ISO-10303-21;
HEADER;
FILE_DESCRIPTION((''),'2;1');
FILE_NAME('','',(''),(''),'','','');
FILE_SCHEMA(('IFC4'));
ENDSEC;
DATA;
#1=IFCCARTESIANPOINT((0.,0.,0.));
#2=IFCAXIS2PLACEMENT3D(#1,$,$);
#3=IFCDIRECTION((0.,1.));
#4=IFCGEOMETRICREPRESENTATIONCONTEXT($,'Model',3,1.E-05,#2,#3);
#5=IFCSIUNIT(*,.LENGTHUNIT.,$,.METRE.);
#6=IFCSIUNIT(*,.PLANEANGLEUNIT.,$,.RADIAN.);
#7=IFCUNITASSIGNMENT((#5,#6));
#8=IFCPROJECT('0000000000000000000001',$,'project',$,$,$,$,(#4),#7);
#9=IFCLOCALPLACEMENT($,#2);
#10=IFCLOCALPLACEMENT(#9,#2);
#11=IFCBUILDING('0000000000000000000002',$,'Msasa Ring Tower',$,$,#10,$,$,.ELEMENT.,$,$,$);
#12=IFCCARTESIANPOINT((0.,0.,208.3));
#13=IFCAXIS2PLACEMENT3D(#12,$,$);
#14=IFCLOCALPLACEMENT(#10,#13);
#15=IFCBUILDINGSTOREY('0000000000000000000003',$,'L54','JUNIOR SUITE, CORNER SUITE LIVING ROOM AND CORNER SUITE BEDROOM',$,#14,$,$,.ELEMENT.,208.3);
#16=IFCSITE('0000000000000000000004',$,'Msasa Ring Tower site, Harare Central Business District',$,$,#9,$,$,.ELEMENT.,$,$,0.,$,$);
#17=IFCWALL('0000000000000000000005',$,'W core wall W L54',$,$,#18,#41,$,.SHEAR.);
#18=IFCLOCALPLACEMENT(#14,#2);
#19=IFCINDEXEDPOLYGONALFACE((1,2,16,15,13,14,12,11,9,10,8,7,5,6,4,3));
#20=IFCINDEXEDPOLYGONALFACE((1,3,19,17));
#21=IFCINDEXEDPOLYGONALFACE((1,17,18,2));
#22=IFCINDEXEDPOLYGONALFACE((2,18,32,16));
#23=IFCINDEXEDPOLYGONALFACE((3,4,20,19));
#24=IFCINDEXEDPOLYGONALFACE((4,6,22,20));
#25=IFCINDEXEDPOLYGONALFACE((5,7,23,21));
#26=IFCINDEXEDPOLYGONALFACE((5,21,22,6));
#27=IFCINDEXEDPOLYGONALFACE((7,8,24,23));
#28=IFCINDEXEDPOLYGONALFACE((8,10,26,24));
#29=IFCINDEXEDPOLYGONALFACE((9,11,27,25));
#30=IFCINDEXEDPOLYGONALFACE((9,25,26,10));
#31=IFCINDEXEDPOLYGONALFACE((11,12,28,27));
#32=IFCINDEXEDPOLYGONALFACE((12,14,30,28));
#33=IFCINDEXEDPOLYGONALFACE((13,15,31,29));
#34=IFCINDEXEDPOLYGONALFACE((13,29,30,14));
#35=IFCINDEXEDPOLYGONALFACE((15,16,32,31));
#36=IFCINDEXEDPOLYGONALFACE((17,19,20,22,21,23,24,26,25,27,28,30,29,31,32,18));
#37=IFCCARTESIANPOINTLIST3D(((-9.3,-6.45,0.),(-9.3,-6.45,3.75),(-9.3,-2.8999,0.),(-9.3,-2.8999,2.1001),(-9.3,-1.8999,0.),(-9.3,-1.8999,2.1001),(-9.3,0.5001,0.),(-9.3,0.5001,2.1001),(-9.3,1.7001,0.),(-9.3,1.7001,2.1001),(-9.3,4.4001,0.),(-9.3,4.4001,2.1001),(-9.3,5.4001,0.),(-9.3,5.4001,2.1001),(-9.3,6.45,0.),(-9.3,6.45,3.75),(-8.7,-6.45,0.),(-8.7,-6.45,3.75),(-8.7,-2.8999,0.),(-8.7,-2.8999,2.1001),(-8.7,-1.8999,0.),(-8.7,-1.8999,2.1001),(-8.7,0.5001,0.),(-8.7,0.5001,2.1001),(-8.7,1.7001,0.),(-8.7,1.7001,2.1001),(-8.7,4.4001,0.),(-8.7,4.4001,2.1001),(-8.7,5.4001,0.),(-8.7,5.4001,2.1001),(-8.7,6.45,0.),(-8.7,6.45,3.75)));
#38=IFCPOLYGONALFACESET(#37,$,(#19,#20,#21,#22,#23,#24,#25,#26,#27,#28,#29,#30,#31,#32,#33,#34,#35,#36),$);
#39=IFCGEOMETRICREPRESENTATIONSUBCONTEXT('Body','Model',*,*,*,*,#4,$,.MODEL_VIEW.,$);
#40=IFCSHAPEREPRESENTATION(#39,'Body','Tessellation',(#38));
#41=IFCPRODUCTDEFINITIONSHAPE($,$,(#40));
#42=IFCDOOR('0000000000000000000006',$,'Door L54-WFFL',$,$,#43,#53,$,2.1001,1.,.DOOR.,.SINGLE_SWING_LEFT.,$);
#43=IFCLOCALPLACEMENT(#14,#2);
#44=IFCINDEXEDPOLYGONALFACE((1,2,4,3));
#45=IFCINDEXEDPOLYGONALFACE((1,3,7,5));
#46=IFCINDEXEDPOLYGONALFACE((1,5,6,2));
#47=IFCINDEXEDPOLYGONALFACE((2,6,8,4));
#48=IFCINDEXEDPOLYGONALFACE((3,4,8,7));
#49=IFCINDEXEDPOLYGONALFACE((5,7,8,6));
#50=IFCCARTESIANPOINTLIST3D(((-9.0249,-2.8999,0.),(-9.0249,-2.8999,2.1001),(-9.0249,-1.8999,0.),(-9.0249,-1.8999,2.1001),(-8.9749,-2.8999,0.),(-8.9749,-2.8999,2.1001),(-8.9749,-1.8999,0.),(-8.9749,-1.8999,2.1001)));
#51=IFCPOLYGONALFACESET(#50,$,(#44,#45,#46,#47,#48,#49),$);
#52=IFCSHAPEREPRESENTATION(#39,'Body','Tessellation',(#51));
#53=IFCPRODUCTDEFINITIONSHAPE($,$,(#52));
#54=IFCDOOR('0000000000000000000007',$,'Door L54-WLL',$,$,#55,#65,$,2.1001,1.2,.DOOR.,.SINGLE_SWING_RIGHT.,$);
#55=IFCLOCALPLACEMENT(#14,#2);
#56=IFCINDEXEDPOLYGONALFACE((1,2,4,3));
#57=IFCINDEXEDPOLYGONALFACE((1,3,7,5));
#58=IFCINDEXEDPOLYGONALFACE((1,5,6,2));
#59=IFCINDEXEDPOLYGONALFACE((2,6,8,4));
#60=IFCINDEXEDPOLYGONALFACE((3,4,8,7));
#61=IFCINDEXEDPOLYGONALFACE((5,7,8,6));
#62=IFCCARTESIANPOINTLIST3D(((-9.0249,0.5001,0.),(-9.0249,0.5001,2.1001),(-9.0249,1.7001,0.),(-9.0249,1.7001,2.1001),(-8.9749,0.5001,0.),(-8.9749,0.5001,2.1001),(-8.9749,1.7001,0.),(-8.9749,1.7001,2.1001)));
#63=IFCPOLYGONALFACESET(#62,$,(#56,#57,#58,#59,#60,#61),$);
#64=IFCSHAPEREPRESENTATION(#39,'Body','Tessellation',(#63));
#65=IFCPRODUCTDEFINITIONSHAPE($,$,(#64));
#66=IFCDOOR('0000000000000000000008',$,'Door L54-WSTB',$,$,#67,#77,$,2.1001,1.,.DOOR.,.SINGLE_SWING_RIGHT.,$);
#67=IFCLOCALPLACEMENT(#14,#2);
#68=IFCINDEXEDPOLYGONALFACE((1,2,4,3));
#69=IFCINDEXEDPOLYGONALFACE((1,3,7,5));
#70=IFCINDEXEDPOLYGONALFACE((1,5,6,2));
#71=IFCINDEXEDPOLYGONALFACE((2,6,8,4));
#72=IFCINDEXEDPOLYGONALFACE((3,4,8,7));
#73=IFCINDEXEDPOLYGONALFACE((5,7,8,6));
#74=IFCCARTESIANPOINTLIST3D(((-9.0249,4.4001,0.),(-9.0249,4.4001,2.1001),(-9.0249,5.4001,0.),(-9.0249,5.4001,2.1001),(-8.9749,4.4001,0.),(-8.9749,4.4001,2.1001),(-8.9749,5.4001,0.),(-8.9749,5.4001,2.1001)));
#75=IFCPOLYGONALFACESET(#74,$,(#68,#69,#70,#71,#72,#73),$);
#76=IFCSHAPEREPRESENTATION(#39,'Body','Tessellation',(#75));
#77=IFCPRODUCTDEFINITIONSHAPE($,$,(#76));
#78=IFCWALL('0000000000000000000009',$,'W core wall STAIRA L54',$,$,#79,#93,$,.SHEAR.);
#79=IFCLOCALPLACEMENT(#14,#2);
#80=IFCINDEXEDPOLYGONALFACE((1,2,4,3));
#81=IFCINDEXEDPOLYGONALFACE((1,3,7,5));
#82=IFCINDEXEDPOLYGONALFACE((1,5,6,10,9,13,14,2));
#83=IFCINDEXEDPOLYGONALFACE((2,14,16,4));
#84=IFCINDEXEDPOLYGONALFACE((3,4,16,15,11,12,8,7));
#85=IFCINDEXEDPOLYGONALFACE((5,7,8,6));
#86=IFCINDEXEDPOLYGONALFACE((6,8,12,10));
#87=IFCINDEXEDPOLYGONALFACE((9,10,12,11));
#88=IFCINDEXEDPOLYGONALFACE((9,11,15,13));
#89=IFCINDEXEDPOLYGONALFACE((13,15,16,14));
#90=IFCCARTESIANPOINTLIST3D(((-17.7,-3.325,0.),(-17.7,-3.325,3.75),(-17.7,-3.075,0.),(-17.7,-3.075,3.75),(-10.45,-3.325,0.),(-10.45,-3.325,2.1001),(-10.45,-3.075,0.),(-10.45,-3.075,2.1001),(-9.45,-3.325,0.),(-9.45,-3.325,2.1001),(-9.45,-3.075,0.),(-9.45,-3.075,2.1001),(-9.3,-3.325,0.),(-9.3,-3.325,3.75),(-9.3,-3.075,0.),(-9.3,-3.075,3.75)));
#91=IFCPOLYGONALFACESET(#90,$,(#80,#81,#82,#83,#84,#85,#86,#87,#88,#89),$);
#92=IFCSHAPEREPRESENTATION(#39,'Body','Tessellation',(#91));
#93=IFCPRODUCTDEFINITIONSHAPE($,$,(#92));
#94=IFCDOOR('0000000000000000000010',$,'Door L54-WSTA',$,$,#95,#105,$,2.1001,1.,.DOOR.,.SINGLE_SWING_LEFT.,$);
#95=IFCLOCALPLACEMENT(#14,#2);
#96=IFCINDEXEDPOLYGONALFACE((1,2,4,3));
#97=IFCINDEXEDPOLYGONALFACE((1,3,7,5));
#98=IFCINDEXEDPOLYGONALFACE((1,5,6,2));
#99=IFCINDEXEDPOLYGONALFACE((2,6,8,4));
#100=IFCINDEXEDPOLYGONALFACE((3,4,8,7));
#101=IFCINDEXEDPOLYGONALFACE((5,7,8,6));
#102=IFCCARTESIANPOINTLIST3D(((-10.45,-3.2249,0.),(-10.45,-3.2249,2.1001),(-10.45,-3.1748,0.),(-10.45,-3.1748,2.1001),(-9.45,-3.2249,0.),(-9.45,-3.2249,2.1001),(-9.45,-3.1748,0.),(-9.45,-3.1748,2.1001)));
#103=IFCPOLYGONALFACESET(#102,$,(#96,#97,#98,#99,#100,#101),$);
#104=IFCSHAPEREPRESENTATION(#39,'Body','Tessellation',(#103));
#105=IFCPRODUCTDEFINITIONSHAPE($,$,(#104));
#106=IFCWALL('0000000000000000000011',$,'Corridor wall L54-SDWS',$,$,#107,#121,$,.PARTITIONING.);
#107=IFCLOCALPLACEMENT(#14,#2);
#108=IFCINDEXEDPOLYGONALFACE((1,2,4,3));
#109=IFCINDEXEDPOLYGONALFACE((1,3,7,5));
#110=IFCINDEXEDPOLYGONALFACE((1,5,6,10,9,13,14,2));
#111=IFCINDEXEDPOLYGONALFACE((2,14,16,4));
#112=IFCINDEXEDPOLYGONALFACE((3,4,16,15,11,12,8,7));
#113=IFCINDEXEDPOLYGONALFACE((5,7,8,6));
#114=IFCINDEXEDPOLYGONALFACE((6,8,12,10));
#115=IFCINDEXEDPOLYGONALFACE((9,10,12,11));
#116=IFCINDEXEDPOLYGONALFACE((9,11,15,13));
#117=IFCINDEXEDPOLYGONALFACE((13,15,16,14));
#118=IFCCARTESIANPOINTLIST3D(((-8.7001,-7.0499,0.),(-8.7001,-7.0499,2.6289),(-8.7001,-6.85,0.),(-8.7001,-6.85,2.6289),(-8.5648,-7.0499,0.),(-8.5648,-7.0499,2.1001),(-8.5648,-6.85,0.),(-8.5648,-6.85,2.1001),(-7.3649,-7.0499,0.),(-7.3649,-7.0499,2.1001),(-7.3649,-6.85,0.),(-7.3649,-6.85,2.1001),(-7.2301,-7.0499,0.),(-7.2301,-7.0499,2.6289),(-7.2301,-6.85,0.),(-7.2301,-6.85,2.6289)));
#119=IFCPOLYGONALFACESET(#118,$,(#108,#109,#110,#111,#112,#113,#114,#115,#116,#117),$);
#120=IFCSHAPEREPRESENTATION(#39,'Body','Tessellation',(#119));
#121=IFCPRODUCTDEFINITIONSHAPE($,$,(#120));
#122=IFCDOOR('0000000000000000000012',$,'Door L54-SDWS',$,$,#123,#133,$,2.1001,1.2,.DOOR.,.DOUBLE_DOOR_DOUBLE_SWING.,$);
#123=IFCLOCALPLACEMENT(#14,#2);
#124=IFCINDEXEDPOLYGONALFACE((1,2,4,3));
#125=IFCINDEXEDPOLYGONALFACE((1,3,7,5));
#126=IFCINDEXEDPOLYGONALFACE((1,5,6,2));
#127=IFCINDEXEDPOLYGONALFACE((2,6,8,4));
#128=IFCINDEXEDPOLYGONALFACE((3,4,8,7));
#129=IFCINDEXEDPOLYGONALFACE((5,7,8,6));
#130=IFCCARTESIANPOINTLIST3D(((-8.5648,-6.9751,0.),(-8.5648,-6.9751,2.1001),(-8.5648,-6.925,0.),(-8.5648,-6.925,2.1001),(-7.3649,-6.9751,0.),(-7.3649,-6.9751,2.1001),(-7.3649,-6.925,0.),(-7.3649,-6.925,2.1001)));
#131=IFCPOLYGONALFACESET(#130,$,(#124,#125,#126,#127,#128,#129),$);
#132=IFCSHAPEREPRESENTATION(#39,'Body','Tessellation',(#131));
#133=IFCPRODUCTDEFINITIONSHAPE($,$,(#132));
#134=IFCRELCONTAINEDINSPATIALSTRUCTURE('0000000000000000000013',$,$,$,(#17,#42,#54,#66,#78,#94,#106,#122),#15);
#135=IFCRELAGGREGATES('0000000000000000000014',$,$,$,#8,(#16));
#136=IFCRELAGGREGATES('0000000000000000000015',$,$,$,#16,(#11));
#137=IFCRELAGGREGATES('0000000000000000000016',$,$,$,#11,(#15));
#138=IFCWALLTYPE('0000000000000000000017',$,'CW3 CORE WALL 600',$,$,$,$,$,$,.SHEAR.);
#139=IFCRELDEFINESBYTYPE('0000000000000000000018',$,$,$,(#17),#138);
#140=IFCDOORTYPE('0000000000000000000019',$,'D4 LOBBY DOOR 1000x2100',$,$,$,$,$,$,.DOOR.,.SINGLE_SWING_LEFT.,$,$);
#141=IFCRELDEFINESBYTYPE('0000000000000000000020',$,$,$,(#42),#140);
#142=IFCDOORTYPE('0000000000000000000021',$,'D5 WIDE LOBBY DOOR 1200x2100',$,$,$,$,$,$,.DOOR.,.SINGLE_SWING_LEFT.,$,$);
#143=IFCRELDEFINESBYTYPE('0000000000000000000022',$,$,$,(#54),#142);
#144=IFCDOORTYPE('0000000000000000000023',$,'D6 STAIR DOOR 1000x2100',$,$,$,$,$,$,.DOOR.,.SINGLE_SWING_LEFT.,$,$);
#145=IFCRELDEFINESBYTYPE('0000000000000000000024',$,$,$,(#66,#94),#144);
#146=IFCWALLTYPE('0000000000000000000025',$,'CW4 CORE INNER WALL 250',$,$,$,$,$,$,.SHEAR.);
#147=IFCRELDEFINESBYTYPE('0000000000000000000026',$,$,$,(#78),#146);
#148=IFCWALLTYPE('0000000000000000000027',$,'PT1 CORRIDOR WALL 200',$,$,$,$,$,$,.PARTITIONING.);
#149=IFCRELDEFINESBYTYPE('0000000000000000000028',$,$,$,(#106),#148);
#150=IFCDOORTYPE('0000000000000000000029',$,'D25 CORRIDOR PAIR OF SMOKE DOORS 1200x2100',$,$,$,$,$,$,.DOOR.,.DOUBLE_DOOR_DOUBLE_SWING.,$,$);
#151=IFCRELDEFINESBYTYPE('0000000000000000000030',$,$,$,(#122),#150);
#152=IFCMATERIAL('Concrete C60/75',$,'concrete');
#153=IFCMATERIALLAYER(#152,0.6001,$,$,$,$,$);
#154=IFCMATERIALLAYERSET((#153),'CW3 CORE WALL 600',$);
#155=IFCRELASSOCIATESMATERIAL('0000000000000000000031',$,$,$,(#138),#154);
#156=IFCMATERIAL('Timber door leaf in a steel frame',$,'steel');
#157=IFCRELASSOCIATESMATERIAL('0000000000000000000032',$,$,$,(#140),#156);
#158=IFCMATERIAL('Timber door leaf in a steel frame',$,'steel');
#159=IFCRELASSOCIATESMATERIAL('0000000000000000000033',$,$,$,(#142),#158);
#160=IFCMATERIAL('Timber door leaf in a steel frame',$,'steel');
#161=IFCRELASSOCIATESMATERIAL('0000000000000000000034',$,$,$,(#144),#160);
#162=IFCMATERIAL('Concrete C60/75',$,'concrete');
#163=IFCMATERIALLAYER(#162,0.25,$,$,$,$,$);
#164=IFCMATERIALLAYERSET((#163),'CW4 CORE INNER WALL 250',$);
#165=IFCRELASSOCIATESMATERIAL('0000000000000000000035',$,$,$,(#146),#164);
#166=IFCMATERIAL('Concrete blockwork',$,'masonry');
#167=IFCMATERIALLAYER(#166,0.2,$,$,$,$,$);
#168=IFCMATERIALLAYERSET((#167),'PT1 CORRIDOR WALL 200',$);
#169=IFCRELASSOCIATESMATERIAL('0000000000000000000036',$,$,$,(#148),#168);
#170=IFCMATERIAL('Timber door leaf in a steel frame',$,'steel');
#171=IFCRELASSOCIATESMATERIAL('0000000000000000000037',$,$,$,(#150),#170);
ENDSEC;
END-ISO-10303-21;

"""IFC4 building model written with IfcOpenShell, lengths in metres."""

from ifc_helpers import new_model, si_unit, direction, frame, frame_2d, origin, place, context, subcontext, project, spatial, rectangle, extrude, material, layer, layer_set, type_object, element, fill, save


model = new_model("IFC4")

# Units and contexts
model_context = context("Model", 3, precision=1e-05, world=origin(), true_north=direction((0.0, 1.0)))
body_context = subcontext(model_context, "Body", "Model", "MODEL_VIEW")
ifc_project = project(units=[si_unit("LENGTHUNIT", "METRE"), si_unit("PLANEANGLEUNIT", "RADIAN")], contexts=[model_context])

# Site, building, storey
site_placement = place(None, origin())
site = spatial("IfcSite", under=ifc_project, at=site_placement, Name="Msasa Ring Tower site, Harare Central Business District", CompositionType="ELEMENT", RefElevation=0.0)
building_placement = place(site_placement, origin())
building = spatial("IfcBuilding", under=site, at=building_placement, Name="Msasa Ring Tower", CompositionType="ELEMENT")
storey_placement = place(building_placement, frame((0.0, 0.0, 208.3)))
storey = spatial("IfcBuildingStorey", under=building, at=storey_placement, Name="L54", Description="JUNIOR SUITE, CORNER SUITE LIVING ROOM AND CORNER SUITE BEDROOM", CompositionType="ELEMENT", Elevation=208.3)

# Shared definitions
ifc_material_1 = material(Name="Concrete C60/75", Category="concrete")
ifc_layer_1 = layer(ifc_material_1, 0.6001)
ifc_layer_set_1 = layer_set([ifc_layer_1], Name="CW3 CORE WALL 600")
wall_type_1 = type_object("IfcWallType", Name="CW3 CORE WALL 600", PredefinedType="SHEAR", material=ifc_layer_set_1)

# Wall, openings, doors
wall_1_placement = place(storey_placement, frame((-9.0, -6.45, 0.0), z_axis=(0.0, 0.0, 1.0), x_axis=(0.0, 1.0, 0.0)))
wall_1 = element("IfcWall", 1, at=wall_1_placement, inside=storey, type_object=wall_type_1, Name="W core wall W L54", PredefinedType="SHEAR", context=body_context, shape_type="SweptSolid", body=[
    extrude(rectangle(XDim=12.8999, YDim=0.6001, at=frame_2d((6.45, 0.0))), origin(), (0.0, 0.0, 1.0), 3.75),
])
opening_1_placement = place(wall_1_placement, frame((3.55, 0.0, 0.0)))
opening_1 = element("IfcOpeningElement", 2, at=opening_1_placement, cuts=wall_1, PredefinedType="OPENING", context=body_context, shape_type="SweptSolid", body=[
    extrude(rectangle(XDim=1.0, YDim=2.1001, at=frame_2d((0.5, 1.05))), frame((0.0, 0.3101, 0.0), z_axis=(0.0, -1.0, 0.0), x_axis=(1.0, 0.0, 0.0)), (0.0, 0.0, 1.0), 0.6201),
])
opening_2_placement = place(wall_1_placement, frame((6.95, 0.0, 0.0)))
opening_2 = element("IfcOpeningElement", 3, at=opening_2_placement, cuts=wall_1, PredefinedType="OPENING", context=body_context, shape_type="SweptSolid", body=[
    extrude(rectangle(XDim=1.2, YDim=2.1001, at=frame_2d((0.6001, 1.05))), frame((0.0, 0.3101, 0.0), z_axis=(0.0, -1.0, 0.0), x_axis=(1.0, 0.0, 0.0)), (0.0, 0.0, 1.0), 0.6201),
])
opening_3_placement = place(wall_1_placement, frame((10.8501, 0.0, 0.0)))
opening_3 = element("IfcOpeningElement", 4, at=opening_3_placement, cuts=wall_1, PredefinedType="OPENING", context=body_context, shape_type="SweptSolid", body=[
    extrude(rectangle(XDim=1.0, YDim=2.1001, at=frame_2d((0.5, 1.05))), frame((0.0, 0.3101, 0.0), z_axis=(0.0, -1.0, 0.0), x_axis=(1.0, 0.0, 0.0)), (0.0, 0.0, 1.0), 0.6201),
])
ifc_material_2 = material(Name="Timber door leaf in a steel frame", Category="steel")
door_type_1 = type_object("IfcDoorType", Name="D4 LOBBY DOOR 1000x2100", OperationType="SINGLE_SWING_LEFT", PredefinedType="DOOR", material=ifc_material_2)
door_1_placement = place(opening_1_placement, origin())
door_1 = element("IfcDoor", 5, at=door_1_placement, inside=storey, type_object=door_type_1, Name="Door L54-WFFL", OperationType="SINGLE_SWING_LEFT", OverallHeight=2.1001, OverallWidth=1.0, PredefinedType="DOOR", context=body_context, shape_type="SweptSolid", body=[
    extrude(rectangle(XDim=1.0, YDim=2.1001, at=frame_2d((0.5, 1.05))), frame((0.0, 0.0249, 0.0), z_axis=(0.0, -1.0, 0.0), x_axis=(1.0, 0.0, 0.0)), (0.0, 0.0, 1.0), 0.05),
])
fill(opening_1, door_1)
ifc_material_3 = material(Name="Timber door leaf in a steel frame", Category="steel")
door_type_2 = type_object("IfcDoorType", Name="D5 WIDE LOBBY DOOR 1200x2100", OperationType="SINGLE_SWING_LEFT", PredefinedType="DOOR", material=ifc_material_3)
door_2_placement = place(opening_2_placement, origin())
door_2 = element("IfcDoor", 6, at=door_2_placement, inside=storey, type_object=door_type_2, Name="Door L54-WLL", OperationType="SINGLE_SWING_RIGHT", OverallHeight=2.1001, OverallWidth=1.2, PredefinedType="DOOR", context=body_context, shape_type="SweptSolid", body=[
    extrude(rectangle(XDim=1.2, YDim=2.1001, at=frame_2d((0.6001, 1.05))), frame((0.0, 0.0249, 0.0), z_axis=(0.0, -1.0, 0.0), x_axis=(1.0, 0.0, 0.0)), (0.0, 0.0, 1.0), 0.05),
])
fill(opening_2, door_2)
ifc_material_4 = material(Name="Timber door leaf in a steel frame", Category="steel")
door_type_3 = type_object("IfcDoorType", Name="D6 STAIR DOOR 1000x2100", OperationType="SINGLE_SWING_LEFT", PredefinedType="DOOR", material=ifc_material_4)
door_3_placement = place(opening_3_placement, origin())
door_3 = element("IfcDoor", 7, at=door_3_placement, inside=storey, type_object=door_type_3, Name="Door L54-WSTB", OperationType="SINGLE_SWING_RIGHT", OverallHeight=2.1001, OverallWidth=1.0, PredefinedType="DOOR", context=body_context, shape_type="SweptSolid", body=[
    extrude(rectangle(XDim=1.0, YDim=2.1001, at=frame_2d((0.5, 1.05))), frame((0.0, 0.0249, 0.0), z_axis=(0.0, -1.0, 0.0), x_axis=(1.0, 0.0, 0.0)), (0.0, 0.0, 1.0), 0.05),
])
fill(opening_3, door_3)

# Walls, openings, doors
ifc_material_5 = material(Name="Concrete C60/75", Category="concrete")
ifc_layer_2 = layer(ifc_material_5, 0.25)
ifc_layer_set_2 = layer_set([ifc_layer_2], Name="CW4 CORE INNER WALL 250")
wall_type_2 = type_object("IfcWallType", Name="CW4 CORE INNER WALL 250", PredefinedType="SHEAR", material=ifc_layer_set_2)
wall_2_placement = place(storey_placement, frame((-9.3, -3.2, 0.0), z_axis=(0.0, 0.0, 1.0), x_axis=(-1.0, 0.0, 0.0)))
wall_2 = element("IfcWall", 8, at=wall_2_placement, inside=storey, type_object=wall_type_2, Name="W core wall STAIRA L54", PredefinedType="SHEAR", context=body_context, shape_type="SweptSolid", body=[
    extrude(rectangle(XDim=8.3999, YDim=0.25, at=frame_2d((4.2, 0.0))), origin(), (0.0, 0.0, 1.0), 3.75),
])
opening_4_placement = place(wall_2_placement, frame((0.1499, 0.0, 0.0)))
opening_4 = element("IfcOpeningElement", 9, at=opening_4_placement, cuts=wall_2, PredefinedType="OPENING", context=body_context, shape_type="SweptSolid", body=[
    extrude(rectangle(XDim=1.0, YDim=2.1001, at=frame_2d((0.5, 1.05))), frame((0.0, 0.135, 0.0), z_axis=(0.0, -1.0, 0.0), x_axis=(1.0, 0.0, 0.0)), (0.0, 0.0, 1.0), 0.27),
])
door_4_placement = place(opening_4_placement, origin())
door_4 = element("IfcDoor", 10, at=door_4_placement, inside=storey, type_object=door_type_3, Name="Door L54-WSTA", OperationType="SINGLE_SWING_LEFT", OverallHeight=2.1001, OverallWidth=1.0, PredefinedType="DOOR", context=body_context, shape_type="SweptSolid", body=[
    extrude(rectangle(XDim=1.0, YDim=2.1001, at=frame_2d((0.5, 1.05))), frame((0.0, 0.0249, 0.0), z_axis=(0.0, -1.0, 0.0), x_axis=(1.0, 0.0, 0.0)), (0.0, 0.0, 1.0), 0.05),
])
fill(opening_4, door_4)
ifc_material_6 = material(Name="Concrete blockwork", Category="masonry")
ifc_layer_3 = layer(ifc_material_6, 0.2)
ifc_layer_set_3 = layer_set([ifc_layer_3], Name="PT1 CORRIDOR WALL 200")
wall_type_3 = type_object("IfcWallType", Name="PT1 CORRIDOR WALL 200", PredefinedType="PARTITIONING", material=ifc_layer_set_3)
wall_3_placement = place(storey_placement, frame((-8.7, -6.95, 0.0), z_axis=(0.0, 0.0, 1.0), x_axis=(1.0, 0.0, 0.0)))
wall_3 = element("IfcWall", 11, at=wall_3_placement, inside=storey, type_object=wall_type_3, Name="Corridor wall L54-SDWS", PredefinedType="PARTITIONING", context=body_context, shape_type="SweptSolid", body=[
    extrude(rectangle(XDim=1.47, YDim=0.2, at=frame_2d((0.7349, 0.0))), origin(), (0.0, 0.0, 1.0), 2.6289),
])
opening_5_placement = place(wall_3_placement, frame((0.135, 0.0, 0.0)))
opening_5 = element("IfcOpeningElement", 12, at=opening_5_placement, cuts=wall_3, PredefinedType="OPENING", context=body_context, shape_type="SweptSolid", body=[
    extrude(rectangle(XDim=1.2, YDim=2.1001, at=frame_2d((0.6001, 1.05))), frame((0.0, 0.1099, 0.0), z_axis=(0.0, -1.0, 0.0), x_axis=(1.0, 0.0, 0.0)), (0.0, 0.0, 1.0), 0.22),
])
ifc_material_7 = material(Name="Timber door leaf in a steel frame", Category="steel")
door_type_4 = type_object("IfcDoorType", Name="D25 CORRIDOR PAIR OF SMOKE DOORS 1200x2100", OperationType="DOUBLE_DOOR_DOUBLE_SWING", PredefinedType="DOOR", material=ifc_material_7)
door_5_placement = place(opening_5_placement, origin())
door_5 = element("IfcDoor", 13, at=door_5_placement, inside=storey, type_object=door_type_4, Name="Door L54-SDWS", OperationType="DOUBLE_DOOR_DOUBLE_SWING", OverallHeight=2.1001, OverallWidth=1.2, PredefinedType="DOOR", context=body_context, shape_type="SweptSolid", body=[
    extrude(rectangle(XDim=1.2, YDim=2.1001, at=frame_2d((0.6001, 1.05))), frame((0.0, 0.0249, 0.0), z_axis=(0.0, -1.0, 0.0), x_axis=(1.0, 0.0, 0.0)), (0.0, 0.0, 1.0), 0.05),
])
fill(opening_5, door_5)

save(model, "model.ifc")
